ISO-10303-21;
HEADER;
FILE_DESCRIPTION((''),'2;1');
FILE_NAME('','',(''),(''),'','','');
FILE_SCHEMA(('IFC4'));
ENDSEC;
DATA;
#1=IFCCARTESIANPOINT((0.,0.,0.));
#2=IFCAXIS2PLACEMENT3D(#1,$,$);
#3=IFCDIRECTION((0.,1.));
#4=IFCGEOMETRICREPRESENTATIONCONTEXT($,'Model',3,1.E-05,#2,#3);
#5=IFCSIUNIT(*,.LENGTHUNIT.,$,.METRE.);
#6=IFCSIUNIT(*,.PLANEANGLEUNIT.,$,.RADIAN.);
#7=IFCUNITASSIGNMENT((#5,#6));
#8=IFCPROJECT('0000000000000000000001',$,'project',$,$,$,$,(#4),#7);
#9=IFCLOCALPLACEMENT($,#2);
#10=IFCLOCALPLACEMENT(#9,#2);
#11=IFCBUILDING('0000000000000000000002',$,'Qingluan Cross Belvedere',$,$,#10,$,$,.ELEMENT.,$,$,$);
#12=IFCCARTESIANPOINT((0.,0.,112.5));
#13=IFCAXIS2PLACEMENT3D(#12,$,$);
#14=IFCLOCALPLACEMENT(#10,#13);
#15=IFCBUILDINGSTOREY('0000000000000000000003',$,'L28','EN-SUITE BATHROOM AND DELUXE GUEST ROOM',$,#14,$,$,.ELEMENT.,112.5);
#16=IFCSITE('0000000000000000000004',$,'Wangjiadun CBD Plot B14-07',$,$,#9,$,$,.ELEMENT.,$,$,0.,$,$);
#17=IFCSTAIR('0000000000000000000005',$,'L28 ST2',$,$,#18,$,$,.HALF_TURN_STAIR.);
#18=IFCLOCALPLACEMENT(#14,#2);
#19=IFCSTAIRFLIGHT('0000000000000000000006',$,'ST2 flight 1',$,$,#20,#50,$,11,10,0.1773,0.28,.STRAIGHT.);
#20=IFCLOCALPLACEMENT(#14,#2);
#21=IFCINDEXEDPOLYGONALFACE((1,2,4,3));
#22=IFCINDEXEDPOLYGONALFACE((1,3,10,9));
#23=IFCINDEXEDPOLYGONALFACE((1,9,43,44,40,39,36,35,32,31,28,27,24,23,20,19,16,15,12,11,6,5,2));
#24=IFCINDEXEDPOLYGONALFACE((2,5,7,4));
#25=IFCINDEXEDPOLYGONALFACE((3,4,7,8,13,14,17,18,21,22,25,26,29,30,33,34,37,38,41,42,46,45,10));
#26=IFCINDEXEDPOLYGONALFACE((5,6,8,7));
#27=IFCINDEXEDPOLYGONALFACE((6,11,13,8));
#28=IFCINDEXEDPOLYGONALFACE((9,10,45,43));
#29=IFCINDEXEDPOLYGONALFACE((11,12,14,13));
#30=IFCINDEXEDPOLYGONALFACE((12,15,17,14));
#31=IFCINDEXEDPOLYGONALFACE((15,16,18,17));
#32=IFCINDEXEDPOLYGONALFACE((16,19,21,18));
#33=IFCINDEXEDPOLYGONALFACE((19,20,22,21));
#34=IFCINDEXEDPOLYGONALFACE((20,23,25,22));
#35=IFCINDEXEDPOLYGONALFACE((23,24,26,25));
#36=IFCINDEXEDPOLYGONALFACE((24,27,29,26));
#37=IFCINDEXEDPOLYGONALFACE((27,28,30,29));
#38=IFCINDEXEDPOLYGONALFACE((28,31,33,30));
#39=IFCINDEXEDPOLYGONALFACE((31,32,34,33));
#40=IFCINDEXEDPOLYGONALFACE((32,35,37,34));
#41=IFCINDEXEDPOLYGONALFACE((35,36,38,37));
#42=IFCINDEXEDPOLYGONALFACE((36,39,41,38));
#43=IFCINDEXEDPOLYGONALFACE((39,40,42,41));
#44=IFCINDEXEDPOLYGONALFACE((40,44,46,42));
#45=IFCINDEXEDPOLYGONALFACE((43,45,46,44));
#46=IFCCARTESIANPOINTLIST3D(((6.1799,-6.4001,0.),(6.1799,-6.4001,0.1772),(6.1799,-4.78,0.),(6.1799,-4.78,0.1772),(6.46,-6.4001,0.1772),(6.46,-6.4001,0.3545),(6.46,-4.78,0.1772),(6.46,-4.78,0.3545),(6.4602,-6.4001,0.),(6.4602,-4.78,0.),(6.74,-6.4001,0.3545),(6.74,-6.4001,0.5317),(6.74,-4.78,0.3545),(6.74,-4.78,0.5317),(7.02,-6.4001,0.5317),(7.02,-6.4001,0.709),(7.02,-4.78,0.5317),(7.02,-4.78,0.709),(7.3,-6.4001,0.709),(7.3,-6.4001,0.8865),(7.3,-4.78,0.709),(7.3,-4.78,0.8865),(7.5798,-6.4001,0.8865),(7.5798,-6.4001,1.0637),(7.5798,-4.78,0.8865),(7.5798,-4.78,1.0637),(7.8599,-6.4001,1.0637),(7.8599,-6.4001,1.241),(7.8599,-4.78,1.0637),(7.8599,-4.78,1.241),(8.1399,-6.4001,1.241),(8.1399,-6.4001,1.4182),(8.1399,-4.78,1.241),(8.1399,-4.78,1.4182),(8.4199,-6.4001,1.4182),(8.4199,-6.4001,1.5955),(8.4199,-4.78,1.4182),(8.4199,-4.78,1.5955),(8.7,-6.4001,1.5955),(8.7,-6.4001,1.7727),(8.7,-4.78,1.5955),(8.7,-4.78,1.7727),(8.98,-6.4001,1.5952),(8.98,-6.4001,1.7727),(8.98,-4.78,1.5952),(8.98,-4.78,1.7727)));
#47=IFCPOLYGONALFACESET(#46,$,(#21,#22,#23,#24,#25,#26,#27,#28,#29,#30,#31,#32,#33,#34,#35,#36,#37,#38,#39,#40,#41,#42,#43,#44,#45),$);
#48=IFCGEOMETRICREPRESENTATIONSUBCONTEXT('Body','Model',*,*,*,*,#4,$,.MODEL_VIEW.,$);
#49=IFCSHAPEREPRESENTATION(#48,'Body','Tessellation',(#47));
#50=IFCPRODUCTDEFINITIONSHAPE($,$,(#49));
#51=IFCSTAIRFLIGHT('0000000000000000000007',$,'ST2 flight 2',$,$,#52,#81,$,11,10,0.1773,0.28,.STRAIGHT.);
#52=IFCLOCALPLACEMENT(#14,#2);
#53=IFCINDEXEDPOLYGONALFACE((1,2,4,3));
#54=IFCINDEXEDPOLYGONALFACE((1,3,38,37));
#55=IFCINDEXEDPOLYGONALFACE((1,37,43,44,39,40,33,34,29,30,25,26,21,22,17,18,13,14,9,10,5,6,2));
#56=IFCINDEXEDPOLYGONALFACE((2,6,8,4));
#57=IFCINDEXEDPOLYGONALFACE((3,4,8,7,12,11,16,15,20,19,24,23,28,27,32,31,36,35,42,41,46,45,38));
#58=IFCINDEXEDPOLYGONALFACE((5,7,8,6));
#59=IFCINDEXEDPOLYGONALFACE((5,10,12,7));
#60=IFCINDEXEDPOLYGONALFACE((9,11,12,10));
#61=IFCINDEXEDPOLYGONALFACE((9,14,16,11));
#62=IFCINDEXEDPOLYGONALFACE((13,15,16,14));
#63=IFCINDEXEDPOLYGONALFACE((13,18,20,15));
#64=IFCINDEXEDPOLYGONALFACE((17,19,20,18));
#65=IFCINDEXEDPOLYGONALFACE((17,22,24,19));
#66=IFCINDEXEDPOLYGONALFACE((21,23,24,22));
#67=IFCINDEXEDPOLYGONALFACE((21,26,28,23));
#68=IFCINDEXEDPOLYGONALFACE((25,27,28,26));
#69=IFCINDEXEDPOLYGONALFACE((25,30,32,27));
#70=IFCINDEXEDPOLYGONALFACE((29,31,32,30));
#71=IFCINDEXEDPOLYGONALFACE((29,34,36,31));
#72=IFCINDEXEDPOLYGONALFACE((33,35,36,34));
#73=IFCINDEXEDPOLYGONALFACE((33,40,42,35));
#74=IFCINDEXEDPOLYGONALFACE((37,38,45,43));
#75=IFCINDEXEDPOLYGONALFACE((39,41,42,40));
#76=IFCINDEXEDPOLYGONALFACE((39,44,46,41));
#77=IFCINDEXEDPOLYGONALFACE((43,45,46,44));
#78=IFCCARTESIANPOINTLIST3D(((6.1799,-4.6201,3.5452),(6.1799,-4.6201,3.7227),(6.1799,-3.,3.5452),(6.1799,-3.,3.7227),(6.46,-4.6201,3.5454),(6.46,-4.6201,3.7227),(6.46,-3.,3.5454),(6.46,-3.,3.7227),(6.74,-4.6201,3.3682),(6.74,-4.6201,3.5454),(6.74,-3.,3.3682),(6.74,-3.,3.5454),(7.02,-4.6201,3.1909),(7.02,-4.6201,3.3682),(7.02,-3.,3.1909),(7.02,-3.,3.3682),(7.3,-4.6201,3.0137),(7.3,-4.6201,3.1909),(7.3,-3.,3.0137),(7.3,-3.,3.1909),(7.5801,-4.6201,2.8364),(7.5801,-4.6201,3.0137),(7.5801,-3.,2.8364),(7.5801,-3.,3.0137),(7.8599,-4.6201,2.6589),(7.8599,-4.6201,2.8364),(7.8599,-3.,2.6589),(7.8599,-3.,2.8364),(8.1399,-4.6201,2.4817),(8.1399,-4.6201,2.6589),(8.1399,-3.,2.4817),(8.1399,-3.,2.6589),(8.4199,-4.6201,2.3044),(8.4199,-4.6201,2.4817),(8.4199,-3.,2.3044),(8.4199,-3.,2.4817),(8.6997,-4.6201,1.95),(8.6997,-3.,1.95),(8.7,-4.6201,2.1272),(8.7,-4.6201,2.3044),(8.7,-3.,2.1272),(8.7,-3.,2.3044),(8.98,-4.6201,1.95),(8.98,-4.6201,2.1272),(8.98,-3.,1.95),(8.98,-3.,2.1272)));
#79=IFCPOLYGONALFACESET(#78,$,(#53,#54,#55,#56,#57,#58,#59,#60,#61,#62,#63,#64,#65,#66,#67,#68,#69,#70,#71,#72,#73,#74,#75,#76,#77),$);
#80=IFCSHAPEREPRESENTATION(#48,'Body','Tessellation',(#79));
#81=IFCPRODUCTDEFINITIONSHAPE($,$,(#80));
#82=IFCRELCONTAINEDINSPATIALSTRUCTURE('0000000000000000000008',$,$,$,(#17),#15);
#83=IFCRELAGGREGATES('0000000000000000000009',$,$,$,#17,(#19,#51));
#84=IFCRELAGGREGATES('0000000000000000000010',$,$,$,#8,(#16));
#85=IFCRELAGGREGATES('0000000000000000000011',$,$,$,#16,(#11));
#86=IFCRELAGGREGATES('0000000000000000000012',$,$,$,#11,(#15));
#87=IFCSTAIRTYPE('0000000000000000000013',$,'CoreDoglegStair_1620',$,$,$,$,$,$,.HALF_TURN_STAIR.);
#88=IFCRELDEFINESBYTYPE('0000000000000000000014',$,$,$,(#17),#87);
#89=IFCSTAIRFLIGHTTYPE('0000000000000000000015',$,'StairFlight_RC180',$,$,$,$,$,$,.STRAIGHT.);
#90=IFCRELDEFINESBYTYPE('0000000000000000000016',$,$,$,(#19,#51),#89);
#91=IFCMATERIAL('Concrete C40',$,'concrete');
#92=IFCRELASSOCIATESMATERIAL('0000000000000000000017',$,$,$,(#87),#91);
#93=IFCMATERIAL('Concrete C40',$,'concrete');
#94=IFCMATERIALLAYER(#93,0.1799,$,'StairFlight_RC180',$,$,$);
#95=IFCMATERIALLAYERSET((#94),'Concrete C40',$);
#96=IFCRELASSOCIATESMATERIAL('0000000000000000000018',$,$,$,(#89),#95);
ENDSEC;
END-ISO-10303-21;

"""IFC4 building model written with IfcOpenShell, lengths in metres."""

from ifc_helpers import new_model, si_unit, direction, frame, origin, place, context, subcontext, project, spatial, polyline, outline, extrude, material, layer, layer_set, type_object, element, aggregate, save


model = new_model("IFC4")

# Units and contexts
model_context = context("Model", 3, precision=1e-05, world=origin(), true_north=direction((0.0, 1.0)))
body_context = subcontext(model_context, "Body", "Model", "MODEL_VIEW")
ifc_project = project(units=[si_unit("LENGTHUNIT", "METRE"), si_unit("PLANEANGLEUNIT", "RADIAN")], contexts=[model_context])

# Site, building, storey
site_placement = place(None, origin())
site = spatial("IfcSite", under=ifc_project, at=site_placement, Name="Wangjiadun CBD Plot B14-07", CompositionType="ELEMENT", RefElevation=0.0)
building_placement = place(site_placement, origin())
building = spatial("IfcBuilding", under=site, at=building_placement, Name="Qingluan Cross Belvedere", CompositionType="ELEMENT")
storey_placement = place(building_placement, frame((0.0, 0.0, 112.5)))
storey = spatial("IfcBuildingStorey", under=building, at=storey_placement, Name="L28", Description="EN-SUITE BATHROOM AND DELUXE GUEST ROOM", CompositionType="ELEMENT", Elevation=112.5)

# Stair, stair flights
ifc_material_1 = material(Name="Concrete C40", Category="concrete")
stair_type = type_object("IfcStairType", Name="CoreDoglegStair_1620", PredefinedType="HALF_TURN_STAIR", material=ifc_material_1)
stair_placement = place(storey_placement, origin())
stair = element("IfcStair", 1, at=stair_placement, inside=storey, type_object=stair_type, Name="L28 ST2", PredefinedType="HALF_TURN_STAIR")
ifc_material_2 = material(Name="Concrete C40", Category="concrete")
ifc_layer_1 = layer(ifc_material_2, 0.1799, Name="StairFlight_RC180")
ifc_layer_set_1 = layer_set([ifc_layer_1], Name="Concrete C40")
stair_flight_type = type_object("IfcStairFlightType", Name="StairFlight_RC180", PredefinedType="STRAIGHT", material=ifc_layer_set_1)
stair_flight_1_placement = place(storey_placement, frame((6.1799, -5.5901, 0.0), z_axis=(0.0, 0.0, 1.0), x_axis=(1.0, 0.0, 0.0)))
stair_flight_1 = element("IfcStairFlight", 2, at=stair_flight_1_placement, type_object=stair_flight_type, Name="ST2 flight 1", NumberOfRisers=11, NumberOfTreads=10, PredefinedType="STRAIGHT", RiserHeight=0.1773, TreadLength=0.28, context=body_context, shape_type="SweptSolid", body=[
    extrude(outline(polyline([(0.0, 0.0), (0.0, 0.1772), (0.28, 0.1772), (0.28, 0.3545), (0.5601, 0.3545), (0.5601, 0.5317), (0.8401, 0.5317), (0.8401, 0.709), (1.1201, 0.709), (1.1201, 0.8865), (1.3999, 0.8865), (1.3999, 1.0637), (1.6799, 1.0637), (1.6799, 1.241), (1.96, 1.241), (1.96, 1.4182), (2.24, 1.4182), (2.24, 1.5955), (2.52, 1.5955), (2.52, 1.7727), (2.8, 1.7727), (2.8, 1.95), (2.8, 1.5952), (0.2803, 0.0), (0.0, 0.0)])), frame((0.0, 0.8101, 0.0), z_axis=(0.0, -1.0, 0.0), x_axis=(1.0, 0.0, 0.0)), (0.0, 0.0, 1.0), 1.6201),
])
stair_flight_2_placement = place(storey_placement, frame((8.98, -3.8101, 1.95), z_axis=(0.0, 0.0, 1.0), x_axis=(-1.0, 0.0, 0.0)))
stair_flight_2 = element("IfcStairFlight", 3, at=stair_flight_2_placement, type_object=stair_flight_type, Name="ST2 flight 2", NumberOfRisers=11, NumberOfTreads=10, PredefinedType="STRAIGHT", RiserHeight=0.1773, TreadLength=0.28, context=body_context, shape_type="SweptSolid", body=[
    extrude(outline(polyline([(0.0, 0.0), (0.0, 0.1772), (0.28, 0.1772), (0.28, 0.3545), (0.5601, 0.3545), (0.5601, 0.5317), (0.8401, 0.5317), (0.8401, 0.709), (1.1201, 0.709), (1.1201, 0.8865), (1.3999, 0.8865), (1.3999, 1.0637), (1.6799, 1.0637), (1.6799, 1.241), (1.96, 1.241), (1.96, 1.4182), (2.24, 1.4182), (2.24, 1.5955), (2.52, 1.5955), (2.52, 1.7727), (2.8, 1.7727), (2.8, 1.95), (2.8, 1.5952), (0.2803, 0.0), (0.0, 0.0)])), frame((0.0, 0.8101, 0.0), z_axis=(0.0, -1.0, 0.0), x_axis=(1.0, 0.0, 0.0)), (0.0, 0.0, 1.0), 1.6201),
])
aggregate(stair, [stair_flight_1, stair_flight_2])

save(model, "model.ifc")
